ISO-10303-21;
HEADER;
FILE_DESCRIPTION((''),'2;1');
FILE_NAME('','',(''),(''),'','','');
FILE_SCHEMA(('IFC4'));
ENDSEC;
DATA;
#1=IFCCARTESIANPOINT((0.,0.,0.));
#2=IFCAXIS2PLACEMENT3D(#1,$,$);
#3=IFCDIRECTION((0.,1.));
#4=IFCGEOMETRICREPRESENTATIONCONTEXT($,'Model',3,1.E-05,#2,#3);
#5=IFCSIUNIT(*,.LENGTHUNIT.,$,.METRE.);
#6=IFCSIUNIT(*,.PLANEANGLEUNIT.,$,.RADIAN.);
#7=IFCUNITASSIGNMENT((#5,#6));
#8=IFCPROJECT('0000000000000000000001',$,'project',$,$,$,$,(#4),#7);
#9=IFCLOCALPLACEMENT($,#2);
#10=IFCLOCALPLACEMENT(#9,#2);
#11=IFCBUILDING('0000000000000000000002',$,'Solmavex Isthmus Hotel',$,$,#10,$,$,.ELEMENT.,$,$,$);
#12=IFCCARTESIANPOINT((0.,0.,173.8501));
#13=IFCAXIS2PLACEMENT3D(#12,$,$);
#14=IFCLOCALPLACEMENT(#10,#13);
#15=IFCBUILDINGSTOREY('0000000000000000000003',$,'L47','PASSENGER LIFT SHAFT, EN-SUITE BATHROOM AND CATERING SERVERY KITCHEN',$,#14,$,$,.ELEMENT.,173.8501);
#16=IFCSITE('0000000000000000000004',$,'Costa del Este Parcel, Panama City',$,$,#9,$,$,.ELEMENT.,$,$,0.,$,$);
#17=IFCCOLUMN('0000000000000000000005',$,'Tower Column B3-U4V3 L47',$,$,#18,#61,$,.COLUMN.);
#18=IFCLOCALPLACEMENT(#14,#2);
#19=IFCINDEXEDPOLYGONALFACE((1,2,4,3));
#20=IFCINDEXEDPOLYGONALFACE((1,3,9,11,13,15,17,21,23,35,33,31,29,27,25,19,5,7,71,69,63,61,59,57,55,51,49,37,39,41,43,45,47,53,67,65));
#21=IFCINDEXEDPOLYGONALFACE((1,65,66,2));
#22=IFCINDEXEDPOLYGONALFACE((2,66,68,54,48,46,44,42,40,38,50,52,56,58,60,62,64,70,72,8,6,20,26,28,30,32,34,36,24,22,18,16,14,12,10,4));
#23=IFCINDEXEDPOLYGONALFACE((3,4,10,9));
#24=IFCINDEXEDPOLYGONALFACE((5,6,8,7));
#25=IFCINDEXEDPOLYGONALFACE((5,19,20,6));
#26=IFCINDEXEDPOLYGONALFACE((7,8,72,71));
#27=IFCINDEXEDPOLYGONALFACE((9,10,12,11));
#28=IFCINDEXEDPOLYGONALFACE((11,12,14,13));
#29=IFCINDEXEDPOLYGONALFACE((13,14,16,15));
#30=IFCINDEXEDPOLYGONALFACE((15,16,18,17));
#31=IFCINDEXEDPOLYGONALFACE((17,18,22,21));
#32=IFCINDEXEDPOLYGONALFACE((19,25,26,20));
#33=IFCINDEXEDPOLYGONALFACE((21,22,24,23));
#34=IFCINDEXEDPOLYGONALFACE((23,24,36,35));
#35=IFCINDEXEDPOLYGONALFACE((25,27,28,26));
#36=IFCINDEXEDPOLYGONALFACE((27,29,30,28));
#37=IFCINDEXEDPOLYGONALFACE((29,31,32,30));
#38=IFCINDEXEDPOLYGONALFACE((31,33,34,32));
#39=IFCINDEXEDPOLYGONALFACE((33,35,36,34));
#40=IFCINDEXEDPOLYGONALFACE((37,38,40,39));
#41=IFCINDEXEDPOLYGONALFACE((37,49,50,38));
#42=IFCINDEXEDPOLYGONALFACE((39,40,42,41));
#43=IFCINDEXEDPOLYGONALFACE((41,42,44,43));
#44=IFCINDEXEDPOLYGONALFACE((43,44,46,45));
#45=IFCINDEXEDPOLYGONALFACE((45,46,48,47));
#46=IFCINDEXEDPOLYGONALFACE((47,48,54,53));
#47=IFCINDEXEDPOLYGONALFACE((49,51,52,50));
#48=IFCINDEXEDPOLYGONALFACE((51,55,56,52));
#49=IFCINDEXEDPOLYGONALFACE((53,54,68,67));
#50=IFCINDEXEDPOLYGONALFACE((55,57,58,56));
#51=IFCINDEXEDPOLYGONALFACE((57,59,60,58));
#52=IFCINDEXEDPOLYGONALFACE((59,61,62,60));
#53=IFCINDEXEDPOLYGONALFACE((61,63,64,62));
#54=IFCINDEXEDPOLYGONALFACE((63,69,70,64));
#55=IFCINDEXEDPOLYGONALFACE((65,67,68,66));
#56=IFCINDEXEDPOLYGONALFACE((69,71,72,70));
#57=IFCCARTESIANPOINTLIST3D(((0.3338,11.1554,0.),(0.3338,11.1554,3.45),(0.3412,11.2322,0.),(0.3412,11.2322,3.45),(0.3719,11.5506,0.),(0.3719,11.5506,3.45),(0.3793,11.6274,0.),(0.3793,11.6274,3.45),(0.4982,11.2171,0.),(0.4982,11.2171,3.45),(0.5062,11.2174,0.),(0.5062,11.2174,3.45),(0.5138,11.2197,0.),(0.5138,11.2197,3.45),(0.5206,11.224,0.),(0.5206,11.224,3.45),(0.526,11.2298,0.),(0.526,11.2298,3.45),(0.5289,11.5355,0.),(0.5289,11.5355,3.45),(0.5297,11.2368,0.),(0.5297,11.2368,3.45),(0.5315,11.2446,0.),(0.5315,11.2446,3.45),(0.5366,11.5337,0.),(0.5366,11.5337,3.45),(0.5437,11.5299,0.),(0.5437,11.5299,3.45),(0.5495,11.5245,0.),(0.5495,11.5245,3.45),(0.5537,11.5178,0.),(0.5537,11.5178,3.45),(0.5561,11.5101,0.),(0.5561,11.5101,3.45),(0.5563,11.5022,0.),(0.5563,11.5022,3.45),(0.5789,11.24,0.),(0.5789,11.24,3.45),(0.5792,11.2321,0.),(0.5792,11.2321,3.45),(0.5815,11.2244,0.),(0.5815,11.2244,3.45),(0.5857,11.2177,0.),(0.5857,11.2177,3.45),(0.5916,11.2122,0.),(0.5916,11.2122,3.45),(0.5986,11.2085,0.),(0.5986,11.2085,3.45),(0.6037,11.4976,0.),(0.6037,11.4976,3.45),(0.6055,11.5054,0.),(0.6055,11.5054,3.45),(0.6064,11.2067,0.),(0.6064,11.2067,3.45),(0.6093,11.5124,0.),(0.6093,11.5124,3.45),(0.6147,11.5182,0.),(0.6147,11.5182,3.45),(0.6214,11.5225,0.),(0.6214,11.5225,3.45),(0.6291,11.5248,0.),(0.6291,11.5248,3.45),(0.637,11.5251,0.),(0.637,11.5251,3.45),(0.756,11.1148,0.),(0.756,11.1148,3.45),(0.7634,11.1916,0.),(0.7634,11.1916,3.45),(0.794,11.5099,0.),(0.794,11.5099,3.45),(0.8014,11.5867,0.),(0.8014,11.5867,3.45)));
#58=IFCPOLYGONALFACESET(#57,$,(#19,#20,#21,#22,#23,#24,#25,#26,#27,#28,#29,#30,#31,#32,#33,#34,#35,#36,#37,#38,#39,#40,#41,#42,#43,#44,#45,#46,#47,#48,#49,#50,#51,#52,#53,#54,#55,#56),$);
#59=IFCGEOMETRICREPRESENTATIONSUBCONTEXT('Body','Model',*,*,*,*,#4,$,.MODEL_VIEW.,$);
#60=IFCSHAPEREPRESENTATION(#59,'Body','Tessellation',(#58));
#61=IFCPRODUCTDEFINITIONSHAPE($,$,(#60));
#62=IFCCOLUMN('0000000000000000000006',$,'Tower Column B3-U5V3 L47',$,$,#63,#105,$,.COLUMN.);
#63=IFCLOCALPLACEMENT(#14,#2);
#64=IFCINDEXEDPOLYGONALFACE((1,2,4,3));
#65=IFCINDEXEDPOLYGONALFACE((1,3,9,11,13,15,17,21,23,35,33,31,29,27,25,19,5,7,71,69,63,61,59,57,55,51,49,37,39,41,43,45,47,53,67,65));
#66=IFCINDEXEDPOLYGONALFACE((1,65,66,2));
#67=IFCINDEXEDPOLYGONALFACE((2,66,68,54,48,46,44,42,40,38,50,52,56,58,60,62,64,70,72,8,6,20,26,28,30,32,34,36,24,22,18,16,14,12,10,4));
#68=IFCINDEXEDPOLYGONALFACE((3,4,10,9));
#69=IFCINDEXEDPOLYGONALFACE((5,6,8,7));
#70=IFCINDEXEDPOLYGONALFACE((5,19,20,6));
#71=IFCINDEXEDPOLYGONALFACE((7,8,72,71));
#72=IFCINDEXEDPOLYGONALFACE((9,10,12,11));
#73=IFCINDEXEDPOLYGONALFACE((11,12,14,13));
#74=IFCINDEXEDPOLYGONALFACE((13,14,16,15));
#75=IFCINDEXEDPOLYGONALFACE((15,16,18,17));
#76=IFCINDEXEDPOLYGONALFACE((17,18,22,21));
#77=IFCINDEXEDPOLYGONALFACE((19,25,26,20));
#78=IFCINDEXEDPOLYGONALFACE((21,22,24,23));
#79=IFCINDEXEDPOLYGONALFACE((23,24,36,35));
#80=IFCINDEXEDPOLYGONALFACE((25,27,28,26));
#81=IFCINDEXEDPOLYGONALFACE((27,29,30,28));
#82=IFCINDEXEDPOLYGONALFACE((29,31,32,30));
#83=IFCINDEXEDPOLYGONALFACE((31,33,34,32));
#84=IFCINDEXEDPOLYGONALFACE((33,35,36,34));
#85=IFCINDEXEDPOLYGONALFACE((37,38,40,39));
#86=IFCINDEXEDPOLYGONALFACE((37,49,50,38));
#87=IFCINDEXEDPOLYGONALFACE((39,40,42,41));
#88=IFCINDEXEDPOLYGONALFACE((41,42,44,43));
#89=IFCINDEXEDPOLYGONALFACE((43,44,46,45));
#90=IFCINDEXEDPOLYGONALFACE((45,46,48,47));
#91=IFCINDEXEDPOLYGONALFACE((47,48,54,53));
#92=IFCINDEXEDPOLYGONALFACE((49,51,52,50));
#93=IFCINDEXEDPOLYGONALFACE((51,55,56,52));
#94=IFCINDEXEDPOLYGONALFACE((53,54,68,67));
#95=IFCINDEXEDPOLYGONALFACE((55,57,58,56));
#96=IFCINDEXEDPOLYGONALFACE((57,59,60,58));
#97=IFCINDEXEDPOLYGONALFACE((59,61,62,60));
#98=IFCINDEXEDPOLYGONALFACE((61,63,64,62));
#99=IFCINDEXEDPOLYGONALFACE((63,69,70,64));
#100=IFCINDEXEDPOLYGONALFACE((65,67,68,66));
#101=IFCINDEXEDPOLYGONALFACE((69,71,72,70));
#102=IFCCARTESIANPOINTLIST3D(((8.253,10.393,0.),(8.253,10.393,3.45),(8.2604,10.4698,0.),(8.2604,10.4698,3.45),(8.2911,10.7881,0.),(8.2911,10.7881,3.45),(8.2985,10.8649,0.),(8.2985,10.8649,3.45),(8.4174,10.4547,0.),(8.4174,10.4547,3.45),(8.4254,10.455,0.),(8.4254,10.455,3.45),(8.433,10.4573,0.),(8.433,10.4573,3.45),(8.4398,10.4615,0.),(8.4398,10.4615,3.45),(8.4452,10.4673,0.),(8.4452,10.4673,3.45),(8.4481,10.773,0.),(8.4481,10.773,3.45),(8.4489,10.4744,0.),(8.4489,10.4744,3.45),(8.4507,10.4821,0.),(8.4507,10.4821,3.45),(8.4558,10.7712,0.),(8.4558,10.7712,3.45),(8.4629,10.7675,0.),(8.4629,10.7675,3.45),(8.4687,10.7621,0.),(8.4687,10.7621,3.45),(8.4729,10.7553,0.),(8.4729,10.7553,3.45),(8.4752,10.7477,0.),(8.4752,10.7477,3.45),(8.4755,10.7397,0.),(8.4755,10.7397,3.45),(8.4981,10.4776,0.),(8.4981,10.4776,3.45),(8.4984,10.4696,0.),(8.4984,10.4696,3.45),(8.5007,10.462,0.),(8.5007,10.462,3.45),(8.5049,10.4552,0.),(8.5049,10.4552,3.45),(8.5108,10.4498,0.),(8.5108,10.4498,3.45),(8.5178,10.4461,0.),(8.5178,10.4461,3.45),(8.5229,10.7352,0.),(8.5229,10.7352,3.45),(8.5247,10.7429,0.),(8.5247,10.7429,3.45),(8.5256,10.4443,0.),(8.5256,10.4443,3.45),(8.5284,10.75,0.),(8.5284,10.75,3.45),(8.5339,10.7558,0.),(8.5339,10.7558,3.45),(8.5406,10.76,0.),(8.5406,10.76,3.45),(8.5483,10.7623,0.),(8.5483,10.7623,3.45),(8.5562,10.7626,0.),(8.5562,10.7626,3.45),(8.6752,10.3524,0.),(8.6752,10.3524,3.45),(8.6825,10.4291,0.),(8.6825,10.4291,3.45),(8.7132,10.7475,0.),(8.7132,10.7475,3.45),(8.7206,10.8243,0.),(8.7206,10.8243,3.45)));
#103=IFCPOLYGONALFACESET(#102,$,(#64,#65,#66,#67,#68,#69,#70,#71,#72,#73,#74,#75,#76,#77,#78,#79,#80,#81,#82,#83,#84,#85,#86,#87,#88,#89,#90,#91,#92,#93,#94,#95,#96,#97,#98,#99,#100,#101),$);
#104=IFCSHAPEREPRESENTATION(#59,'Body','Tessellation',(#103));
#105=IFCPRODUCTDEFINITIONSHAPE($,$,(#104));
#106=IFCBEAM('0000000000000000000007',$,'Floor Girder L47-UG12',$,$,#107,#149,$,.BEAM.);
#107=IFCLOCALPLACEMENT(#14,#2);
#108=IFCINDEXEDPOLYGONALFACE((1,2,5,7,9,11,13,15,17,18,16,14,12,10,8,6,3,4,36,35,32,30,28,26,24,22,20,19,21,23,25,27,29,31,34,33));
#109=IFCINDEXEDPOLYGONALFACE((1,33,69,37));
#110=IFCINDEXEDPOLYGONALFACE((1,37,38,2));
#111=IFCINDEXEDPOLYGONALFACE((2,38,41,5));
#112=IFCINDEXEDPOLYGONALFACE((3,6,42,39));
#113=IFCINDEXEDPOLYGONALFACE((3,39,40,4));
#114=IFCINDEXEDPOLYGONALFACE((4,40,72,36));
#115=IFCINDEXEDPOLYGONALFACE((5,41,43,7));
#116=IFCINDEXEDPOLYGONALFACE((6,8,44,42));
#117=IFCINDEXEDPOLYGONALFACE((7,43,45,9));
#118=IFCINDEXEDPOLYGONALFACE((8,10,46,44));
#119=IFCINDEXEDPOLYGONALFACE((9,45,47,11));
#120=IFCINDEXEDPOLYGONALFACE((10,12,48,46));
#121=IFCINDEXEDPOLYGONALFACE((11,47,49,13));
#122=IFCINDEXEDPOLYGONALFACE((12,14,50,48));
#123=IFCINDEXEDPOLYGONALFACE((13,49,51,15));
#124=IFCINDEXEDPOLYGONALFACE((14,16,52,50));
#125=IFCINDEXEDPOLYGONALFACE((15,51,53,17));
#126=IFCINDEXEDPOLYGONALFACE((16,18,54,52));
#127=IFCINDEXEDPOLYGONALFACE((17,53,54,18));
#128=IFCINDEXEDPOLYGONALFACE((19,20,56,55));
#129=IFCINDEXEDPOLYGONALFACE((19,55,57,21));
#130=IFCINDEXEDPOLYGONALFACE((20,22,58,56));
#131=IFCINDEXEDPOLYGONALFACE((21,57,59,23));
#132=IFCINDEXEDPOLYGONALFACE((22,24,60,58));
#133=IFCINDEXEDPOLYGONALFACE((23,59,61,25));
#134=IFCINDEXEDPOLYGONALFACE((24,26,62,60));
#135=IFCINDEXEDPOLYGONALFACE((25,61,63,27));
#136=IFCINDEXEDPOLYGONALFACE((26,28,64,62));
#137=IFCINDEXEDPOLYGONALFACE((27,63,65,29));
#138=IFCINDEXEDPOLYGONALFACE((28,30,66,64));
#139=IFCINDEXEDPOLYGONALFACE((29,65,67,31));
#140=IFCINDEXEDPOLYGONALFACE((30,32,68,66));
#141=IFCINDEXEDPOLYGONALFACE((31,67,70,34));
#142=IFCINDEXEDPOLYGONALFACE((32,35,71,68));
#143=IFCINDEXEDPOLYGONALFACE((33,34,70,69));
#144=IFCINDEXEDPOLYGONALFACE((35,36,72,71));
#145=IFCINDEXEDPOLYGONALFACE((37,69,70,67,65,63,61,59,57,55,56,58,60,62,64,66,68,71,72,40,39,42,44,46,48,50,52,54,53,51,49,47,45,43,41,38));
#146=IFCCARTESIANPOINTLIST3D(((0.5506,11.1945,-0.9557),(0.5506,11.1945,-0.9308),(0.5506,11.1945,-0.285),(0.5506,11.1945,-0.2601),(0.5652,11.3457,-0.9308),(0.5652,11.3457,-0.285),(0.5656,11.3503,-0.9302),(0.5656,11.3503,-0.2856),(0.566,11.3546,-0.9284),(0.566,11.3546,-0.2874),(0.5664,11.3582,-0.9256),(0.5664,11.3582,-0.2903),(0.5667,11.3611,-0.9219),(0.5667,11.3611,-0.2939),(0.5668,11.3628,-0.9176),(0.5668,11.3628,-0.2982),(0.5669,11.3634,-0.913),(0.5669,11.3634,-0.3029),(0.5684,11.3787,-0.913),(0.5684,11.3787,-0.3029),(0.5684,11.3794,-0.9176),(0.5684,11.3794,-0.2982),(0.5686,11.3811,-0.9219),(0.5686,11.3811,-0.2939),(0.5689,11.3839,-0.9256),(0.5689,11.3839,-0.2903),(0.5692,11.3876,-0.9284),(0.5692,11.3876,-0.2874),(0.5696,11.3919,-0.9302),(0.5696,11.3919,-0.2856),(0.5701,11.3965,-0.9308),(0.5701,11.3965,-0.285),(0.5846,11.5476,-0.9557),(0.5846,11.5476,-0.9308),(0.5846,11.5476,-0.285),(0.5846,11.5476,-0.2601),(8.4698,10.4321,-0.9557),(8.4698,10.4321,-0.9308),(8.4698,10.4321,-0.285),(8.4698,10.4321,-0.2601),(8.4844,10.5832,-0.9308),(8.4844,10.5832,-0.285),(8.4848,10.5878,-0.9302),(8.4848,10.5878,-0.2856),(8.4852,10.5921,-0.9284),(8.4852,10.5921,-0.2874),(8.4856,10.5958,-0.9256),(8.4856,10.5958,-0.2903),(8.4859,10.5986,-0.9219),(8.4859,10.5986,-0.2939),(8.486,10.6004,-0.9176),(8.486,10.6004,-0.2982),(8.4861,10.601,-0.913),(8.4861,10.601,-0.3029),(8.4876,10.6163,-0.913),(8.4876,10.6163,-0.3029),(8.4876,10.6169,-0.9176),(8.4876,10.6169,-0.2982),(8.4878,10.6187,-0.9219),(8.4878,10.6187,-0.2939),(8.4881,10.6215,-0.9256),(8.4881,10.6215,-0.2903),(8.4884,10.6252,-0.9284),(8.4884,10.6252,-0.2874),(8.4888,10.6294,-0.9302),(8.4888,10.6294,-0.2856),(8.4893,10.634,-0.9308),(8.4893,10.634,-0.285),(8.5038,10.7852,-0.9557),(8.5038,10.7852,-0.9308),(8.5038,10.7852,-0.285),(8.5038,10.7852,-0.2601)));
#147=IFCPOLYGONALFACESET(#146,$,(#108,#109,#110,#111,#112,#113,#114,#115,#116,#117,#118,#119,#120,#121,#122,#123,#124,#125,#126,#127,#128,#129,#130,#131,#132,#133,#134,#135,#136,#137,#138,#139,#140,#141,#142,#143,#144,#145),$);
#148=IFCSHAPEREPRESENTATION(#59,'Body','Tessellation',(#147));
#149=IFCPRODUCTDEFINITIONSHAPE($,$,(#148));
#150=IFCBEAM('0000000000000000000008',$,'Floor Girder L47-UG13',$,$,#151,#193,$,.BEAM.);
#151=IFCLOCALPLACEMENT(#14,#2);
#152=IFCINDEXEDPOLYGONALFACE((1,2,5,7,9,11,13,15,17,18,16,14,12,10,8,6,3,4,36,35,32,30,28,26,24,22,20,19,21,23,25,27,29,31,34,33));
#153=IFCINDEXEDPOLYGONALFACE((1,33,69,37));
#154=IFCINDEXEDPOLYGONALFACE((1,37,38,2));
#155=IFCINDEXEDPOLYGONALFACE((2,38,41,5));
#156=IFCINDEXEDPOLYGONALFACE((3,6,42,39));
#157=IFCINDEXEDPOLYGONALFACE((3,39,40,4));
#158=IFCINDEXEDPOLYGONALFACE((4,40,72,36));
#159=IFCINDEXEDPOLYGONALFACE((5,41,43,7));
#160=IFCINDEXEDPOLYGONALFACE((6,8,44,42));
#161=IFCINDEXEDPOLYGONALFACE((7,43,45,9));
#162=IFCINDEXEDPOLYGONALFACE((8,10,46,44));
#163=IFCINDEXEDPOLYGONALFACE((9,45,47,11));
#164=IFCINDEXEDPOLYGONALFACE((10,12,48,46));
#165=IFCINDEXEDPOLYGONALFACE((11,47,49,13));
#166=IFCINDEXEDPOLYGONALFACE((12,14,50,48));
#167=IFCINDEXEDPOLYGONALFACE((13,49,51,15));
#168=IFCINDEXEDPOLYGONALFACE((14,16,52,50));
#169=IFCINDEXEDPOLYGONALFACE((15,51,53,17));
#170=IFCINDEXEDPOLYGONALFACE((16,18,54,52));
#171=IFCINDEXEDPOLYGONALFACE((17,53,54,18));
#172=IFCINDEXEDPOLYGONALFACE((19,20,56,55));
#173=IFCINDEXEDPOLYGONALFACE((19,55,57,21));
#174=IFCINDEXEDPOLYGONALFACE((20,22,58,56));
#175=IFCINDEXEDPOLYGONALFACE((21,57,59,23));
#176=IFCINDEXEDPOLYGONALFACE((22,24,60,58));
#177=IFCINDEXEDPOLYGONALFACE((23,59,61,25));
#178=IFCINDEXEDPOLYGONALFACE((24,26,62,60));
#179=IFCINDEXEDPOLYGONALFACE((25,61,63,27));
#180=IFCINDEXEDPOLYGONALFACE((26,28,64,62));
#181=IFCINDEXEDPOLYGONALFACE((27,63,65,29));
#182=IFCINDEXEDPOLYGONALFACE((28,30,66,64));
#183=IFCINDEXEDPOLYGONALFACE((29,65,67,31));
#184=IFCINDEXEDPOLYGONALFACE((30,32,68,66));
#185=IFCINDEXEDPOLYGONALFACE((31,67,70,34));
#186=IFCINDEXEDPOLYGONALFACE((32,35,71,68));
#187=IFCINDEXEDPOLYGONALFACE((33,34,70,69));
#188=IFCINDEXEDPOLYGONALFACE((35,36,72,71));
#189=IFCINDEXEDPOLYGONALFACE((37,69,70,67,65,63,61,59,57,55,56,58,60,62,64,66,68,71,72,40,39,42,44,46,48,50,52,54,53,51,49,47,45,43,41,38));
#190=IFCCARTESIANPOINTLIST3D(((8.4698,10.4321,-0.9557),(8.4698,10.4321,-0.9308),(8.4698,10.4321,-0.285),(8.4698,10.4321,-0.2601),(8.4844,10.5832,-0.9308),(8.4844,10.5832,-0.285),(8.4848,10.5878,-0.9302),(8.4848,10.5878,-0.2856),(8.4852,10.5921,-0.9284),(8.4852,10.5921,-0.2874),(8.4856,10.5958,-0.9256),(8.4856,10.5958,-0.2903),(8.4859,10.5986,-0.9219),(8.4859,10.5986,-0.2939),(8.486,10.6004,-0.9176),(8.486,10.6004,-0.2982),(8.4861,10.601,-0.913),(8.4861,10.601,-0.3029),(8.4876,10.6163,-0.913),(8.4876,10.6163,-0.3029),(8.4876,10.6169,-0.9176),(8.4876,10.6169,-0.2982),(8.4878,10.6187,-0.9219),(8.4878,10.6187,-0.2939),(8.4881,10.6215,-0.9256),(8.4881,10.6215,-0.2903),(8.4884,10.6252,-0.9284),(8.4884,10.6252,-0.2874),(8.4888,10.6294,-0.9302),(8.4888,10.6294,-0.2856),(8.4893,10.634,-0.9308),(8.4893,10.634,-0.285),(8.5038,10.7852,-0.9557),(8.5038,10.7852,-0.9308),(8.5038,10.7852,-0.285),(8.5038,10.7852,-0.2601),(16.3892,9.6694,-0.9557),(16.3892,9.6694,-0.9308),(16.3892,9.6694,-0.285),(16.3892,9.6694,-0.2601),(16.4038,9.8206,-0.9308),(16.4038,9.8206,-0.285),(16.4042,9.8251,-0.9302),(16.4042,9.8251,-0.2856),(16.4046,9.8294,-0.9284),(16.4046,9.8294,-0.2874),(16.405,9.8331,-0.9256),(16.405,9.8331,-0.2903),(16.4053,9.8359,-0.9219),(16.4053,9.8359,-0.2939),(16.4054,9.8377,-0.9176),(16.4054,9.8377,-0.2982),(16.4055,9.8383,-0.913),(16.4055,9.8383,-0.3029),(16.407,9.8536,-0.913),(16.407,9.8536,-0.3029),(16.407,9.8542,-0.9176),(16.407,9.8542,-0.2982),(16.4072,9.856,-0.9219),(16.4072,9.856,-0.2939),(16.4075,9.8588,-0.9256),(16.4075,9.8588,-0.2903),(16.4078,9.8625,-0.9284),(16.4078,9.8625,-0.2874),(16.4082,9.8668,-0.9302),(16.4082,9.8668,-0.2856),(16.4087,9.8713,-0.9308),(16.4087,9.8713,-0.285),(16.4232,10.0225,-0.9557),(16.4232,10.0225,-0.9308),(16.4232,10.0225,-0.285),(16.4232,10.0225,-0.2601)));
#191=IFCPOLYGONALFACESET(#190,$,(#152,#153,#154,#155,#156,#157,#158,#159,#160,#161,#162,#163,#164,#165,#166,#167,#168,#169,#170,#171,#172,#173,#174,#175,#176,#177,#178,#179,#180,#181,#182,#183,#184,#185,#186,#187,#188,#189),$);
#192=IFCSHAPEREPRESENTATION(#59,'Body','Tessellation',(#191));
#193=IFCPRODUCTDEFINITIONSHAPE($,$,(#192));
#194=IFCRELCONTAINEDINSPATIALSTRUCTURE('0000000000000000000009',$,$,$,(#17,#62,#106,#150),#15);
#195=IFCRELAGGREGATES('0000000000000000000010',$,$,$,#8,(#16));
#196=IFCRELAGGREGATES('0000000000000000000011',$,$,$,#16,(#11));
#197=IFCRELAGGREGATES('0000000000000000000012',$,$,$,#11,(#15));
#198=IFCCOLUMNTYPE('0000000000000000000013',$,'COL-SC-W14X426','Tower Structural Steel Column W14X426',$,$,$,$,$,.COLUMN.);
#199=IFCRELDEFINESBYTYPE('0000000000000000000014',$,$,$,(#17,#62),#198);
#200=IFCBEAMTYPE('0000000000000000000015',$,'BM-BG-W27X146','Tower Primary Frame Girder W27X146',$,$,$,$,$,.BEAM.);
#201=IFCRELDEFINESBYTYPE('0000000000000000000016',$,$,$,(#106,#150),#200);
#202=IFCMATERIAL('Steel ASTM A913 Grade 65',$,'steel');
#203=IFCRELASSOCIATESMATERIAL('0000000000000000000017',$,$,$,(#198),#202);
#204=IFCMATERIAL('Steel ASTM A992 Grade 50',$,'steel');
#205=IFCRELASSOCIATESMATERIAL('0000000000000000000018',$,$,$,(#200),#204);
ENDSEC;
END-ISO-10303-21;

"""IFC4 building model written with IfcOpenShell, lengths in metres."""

from ifc_helpers import new_model, si_unit, direction, frame, origin, origin_2d, place, context, subcontext, project, spatial, i_section, extrude, material, material_profile, profile_set, type_object, element, save


model = new_model("IFC4")

# Units and contexts
model_context = context("Model", 3, precision=1e-05, world=origin(), true_north=direction((0.0, 1.0)))
body_context = subcontext(model_context, "Body", "Model", "MODEL_VIEW")
ifc_project = project(units=[si_unit("LENGTHUNIT", "METRE"), si_unit("PLANEANGLEUNIT", "RADIAN")], contexts=[model_context])

# Site, building, storey
site_placement = place(None, origin())
site = spatial("IfcSite", under=ifc_project, at=site_placement, Name="Costa del Este Parcel, Panama City", CompositionType="ELEMENT", RefElevation=0.0)
building_placement = place(site_placement, origin())
building = spatial("IfcBuilding", under=site, at=building_placement, Name="Solmavex Isthmus Hotel", CompositionType="ELEMENT")
storey_placement = place(building_placement, frame((0.0, 0.0, 173.8501)))
storey = spatial("IfcBuildingStorey", under=building, at=storey_placement, Name="L47", Description="PASSENGER LIFT SHAFT, EN-SUITE BATHROOM AND CATERING SERVERY KITCHEN", CompositionType="ELEMENT", Elevation=173.8501)

# Columns
ifc_material_1 = material(Name="Steel ASTM A913 Grade 65", Category="steel")
ifc_material_profile_1 = material_profile(ifc_material_1, i_section(OverallWidth=0.4241, OverallDepth=0.4741, WebThickness=0.0476, FlangeThickness=0.0771, FilletRadius=0.0305, at=origin_2d()), Name="W14X426")
ifc_profile_set_1 = profile_set([ifc_material_profile_1], Name="Steel ASTM A913 Grade 65")
column_type = type_object("IfcColumnType", Name="COL-SC-W14X426", Description="Tower Structural Steel Column W14X426", PredefinedType="COLUMN", material=ifc_profile_set_1)
for number, where, z_axis, x_axis, name in (
    (1, (0.5676, 11.3711, 0.0), (0.0, 0.0, 1.0), (0.995396, -0.095846, 0.0), "Tower Column B3-U4V3 L47"),
    (2, (8.4868, 10.6086, 0.0), (0.0, 0.0, 1.0), (0.995396, -0.095846, 0.0), "Tower Column B3-U5V3 L47"),
):
    element("IfcColumn", number, at=place(storey_placement, frame(where, z_axis=z_axis, x_axis=x_axis)), inside=storey, type_object=column_type, Name=name, PredefinedType="COLUMN", context=body_context, shape_type="SweptSolid", body=[
        extrude(i_section(OverallWidth=0.4241, OverallDepth=0.4741, WebThickness=0.0476, FlangeThickness=0.0771, FilletRadius=0.0305, at=origin_2d()), origin(), (0.0, 0.0, 1.0), 3.45),
    ])

# Beams
ifc_material_2 = material(Name="Steel ASTM A992 Grade 50", Category="steel")
ifc_material_profile_2 = material_profile(ifc_material_2, i_section(OverallWidth=0.3547, OverallDepth=0.6956, WebThickness=0.0154, FlangeThickness=0.0249, FilletRadius=0.0178, at=origin_2d()), Name="W27X146")
ifc_profile_set_2 = profile_set([ifc_material_profile_2], Name="Steel ASTM A992 Grade 50")
beam_type_1 = type_object("IfcBeamType", Name="BM-BG-W27X146", Description="Tower Primary Frame Girder W27X146", PredefinedType="BEAM", material=ifc_profile_set_2)
beam_1_placement = place(storey_placement, frame((0.5676, 11.3711, -0.6079), z_axis=(0.995397, -0.095836, 0.0), x_axis=(0.095836, 0.995397, 0.0)))
element("IfcBeam", 3, at=beam_1_placement, inside=storey, type_object=beam_type_1, Name="Floor Girder L47-UG12", PredefinedType="BEAM", context=body_context, shape_type="SweptSolid", body=[
    extrude(i_section(OverallWidth=0.3547, OverallDepth=0.6956, WebThickness=0.0154, FlangeThickness=0.0249, FilletRadius=0.0178, at=origin_2d()), origin(), (0.0, 0.0, 1.0), 7.9558),
])
beam_2_placement = place(storey_placement, frame((8.4868, 10.6086, -0.6079), z_axis=(0.995395, -0.095863, 0.0), x_axis=(0.095863, 0.995395, 0.0)))
element("IfcBeam", 4, at=beam_2_placement, inside=storey, type_object=beam_type_1, Name="Floor Girder L47-UG13", PredefinedType="BEAM", context=body_context, shape_type="SweptSolid", body=[
    extrude(i_section(OverallWidth=0.3547, OverallDepth=0.6956, WebThickness=0.0154, FlangeThickness=0.0249, FilletRadius=0.0178, at=origin_2d()), origin(), (0.0, 0.0, 1.0), 7.9561),
])

save(model, "model.ifc")
